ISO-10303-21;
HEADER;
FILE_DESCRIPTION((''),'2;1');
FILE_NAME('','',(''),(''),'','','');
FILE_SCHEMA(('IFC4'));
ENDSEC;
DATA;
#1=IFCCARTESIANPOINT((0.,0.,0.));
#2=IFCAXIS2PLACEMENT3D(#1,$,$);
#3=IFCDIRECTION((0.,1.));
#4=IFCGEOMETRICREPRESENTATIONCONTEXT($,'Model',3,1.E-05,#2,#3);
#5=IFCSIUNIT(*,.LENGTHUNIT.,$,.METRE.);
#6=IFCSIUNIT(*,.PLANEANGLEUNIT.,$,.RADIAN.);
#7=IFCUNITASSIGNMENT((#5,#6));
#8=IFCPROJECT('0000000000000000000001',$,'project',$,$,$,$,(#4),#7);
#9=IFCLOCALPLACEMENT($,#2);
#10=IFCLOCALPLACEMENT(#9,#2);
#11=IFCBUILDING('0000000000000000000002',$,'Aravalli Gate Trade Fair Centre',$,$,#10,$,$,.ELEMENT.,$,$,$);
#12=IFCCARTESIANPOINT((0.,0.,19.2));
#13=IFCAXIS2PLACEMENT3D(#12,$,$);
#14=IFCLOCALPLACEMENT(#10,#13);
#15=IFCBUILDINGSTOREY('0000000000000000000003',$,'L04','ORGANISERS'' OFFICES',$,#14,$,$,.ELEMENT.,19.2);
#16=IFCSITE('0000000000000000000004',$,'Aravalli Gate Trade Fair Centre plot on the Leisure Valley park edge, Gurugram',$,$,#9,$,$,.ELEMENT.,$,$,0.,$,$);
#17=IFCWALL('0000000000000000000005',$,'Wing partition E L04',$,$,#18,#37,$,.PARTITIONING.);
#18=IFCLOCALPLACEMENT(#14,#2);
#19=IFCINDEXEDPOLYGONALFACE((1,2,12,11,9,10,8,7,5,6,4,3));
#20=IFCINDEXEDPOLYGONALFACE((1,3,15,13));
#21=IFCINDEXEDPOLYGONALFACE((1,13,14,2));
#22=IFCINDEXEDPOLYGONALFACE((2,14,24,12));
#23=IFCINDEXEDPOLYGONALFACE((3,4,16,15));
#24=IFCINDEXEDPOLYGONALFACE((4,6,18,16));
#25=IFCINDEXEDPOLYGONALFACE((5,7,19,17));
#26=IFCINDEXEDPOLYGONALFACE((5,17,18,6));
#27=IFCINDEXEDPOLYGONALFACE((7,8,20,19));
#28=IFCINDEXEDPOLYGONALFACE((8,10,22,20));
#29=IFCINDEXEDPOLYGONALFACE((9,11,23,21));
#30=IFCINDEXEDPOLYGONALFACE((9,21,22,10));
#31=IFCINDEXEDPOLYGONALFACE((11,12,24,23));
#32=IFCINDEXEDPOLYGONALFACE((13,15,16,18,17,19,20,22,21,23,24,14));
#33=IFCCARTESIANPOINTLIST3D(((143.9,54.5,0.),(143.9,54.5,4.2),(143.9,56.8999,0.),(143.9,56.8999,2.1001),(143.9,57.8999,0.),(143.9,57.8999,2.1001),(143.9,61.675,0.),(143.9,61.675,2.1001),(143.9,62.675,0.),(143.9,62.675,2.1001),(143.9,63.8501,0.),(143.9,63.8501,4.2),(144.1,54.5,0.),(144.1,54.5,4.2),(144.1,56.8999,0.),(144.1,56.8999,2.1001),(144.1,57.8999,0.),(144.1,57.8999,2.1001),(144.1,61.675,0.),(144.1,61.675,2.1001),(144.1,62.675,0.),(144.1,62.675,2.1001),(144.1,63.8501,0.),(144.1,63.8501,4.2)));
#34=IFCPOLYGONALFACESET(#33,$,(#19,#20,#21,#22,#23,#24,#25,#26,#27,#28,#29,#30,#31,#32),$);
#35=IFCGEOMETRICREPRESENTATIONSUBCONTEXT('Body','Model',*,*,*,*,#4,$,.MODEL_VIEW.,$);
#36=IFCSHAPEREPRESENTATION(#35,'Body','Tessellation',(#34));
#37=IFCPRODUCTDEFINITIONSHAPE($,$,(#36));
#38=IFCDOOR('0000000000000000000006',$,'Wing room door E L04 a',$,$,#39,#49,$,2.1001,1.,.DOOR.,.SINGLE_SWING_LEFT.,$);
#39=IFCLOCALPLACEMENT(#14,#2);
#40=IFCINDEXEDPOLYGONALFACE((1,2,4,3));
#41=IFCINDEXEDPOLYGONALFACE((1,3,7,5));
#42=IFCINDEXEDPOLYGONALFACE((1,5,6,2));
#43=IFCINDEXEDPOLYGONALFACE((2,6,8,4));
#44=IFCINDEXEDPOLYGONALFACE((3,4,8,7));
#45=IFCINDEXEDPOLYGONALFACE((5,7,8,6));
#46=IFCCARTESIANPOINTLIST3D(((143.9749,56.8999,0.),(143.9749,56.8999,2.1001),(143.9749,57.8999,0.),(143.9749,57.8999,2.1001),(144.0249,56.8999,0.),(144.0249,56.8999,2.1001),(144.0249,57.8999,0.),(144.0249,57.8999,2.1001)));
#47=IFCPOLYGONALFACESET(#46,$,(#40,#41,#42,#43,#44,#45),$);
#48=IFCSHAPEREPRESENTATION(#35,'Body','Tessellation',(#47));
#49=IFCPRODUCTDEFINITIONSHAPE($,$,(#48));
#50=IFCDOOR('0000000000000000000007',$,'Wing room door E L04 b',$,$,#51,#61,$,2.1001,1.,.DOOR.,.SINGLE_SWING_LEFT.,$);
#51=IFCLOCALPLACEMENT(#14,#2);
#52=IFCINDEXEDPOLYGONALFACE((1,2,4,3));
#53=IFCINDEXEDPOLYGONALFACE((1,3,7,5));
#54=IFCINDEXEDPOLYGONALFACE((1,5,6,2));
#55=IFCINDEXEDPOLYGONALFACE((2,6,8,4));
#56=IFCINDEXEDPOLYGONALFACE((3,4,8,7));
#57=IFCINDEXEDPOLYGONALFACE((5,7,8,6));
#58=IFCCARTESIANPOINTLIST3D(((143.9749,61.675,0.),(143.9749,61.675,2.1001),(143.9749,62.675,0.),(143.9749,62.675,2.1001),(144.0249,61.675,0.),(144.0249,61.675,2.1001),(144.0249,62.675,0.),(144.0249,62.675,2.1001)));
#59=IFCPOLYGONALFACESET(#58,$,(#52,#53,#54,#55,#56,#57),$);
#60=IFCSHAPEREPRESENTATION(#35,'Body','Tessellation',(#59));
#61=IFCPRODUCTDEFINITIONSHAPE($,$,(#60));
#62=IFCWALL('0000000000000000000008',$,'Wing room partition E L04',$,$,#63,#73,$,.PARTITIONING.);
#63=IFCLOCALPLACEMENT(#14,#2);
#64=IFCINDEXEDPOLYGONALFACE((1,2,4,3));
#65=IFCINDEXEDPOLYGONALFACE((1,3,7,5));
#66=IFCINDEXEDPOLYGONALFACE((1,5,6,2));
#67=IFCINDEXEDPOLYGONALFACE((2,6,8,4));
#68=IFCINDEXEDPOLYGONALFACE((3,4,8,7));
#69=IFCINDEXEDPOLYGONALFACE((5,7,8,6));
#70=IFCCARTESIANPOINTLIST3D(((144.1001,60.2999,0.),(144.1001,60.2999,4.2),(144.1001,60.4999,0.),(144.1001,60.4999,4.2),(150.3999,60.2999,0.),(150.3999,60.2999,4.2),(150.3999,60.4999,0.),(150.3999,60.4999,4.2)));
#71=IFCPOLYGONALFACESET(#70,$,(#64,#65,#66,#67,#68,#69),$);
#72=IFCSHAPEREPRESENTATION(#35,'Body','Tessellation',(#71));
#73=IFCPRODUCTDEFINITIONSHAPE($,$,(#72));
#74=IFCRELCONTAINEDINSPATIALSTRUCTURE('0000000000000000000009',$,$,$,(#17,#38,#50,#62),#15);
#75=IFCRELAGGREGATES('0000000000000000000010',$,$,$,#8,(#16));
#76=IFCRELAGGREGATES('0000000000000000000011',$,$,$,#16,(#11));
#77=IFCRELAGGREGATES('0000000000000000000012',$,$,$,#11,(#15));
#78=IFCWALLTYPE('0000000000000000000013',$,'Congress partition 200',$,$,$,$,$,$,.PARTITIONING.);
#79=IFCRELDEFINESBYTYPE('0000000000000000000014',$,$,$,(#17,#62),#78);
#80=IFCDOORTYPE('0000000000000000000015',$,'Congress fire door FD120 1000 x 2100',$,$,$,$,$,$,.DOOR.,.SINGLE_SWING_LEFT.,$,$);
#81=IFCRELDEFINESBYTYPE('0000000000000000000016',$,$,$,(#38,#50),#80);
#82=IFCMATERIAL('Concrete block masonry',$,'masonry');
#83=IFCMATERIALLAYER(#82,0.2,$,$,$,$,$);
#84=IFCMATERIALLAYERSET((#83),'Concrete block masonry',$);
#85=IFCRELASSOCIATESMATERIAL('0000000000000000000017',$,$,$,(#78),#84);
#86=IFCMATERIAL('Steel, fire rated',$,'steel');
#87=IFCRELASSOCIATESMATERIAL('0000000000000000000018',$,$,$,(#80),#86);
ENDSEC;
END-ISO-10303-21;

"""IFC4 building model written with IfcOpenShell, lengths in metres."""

from ifc_helpers import new_model, si_unit, direction, frame, frame_2d, origin, place, context, subcontext, project, spatial, rectangle, extrude, material, layer, layer_set, type_object, element, fill, save


model = new_model("IFC4")

# Units and contexts
model_context = context("Model", 3, precision=1e-05, world=origin(), true_north=direction((0.0, 1.0)))
body_context = subcontext(model_context, "Body", "Model", "MODEL_VIEW")
ifc_project = project(units=[si_unit("LENGTHUNIT", "METRE"), si_unit("PLANEANGLEUNIT", "RADIAN")], contexts=[model_context])

# Site, building, storey
site_placement = place(None, origin())
site = spatial("IfcSite", under=ifc_project, at=site_placement, Name="Aravalli Gate Trade Fair Centre plot on the Leisure Valley park edge, Gurugram", CompositionType="ELEMENT", RefElevation=0.0)
building_placement = place(site_placement, origin())
building = spatial("IfcBuilding", under=site, at=building_placement, Name="Aravalli Gate Trade Fair Centre", CompositionType="ELEMENT")
storey_placement = place(building_placement, frame((0.0, 0.0, 19.2)))
storey = spatial("IfcBuildingStorey", under=building, at=storey_placement, Name="L04", Description="ORGANISERS' OFFICES", CompositionType="ELEMENT", Elevation=19.2)

# Shared definitions
ifc_material_1 = material(Name="Steel, fire rated", Category="steel")

# Wall, openings, doors
ifc_material_2 = material(Name="Concrete block masonry", Category="masonry")
ifc_layer_1 = layer(ifc_material_2, 0.2)
ifc_layer_set_1 = layer_set([ifc_layer_1], Name="Concrete block masonry")
wall_type_1 = type_object("IfcWallType", Name="Congress partition 200", PredefinedType="PARTITIONING", material=ifc_layer_set_1)
wall_1_placement = place(storey_placement, frame((144.0, 54.5, 0.0), z_axis=(0.0, 0.0, 1.0), x_axis=(0.0, 1.0, 0.0)))
wall_1 = element("IfcWall", 1, at=wall_1_placement, inside=storey, type_object=wall_type_1, Name="Wing partition E L04", PredefinedType="PARTITIONING", context=body_context, shape_type="SweptSolid", body=[
    extrude(rectangle(XDim=9.3501, YDim=0.2, at=frame_2d((4.675, 0.0))), origin(), (0.0, 0.0, 1.0), 4.2),
])
opening_1_placement = place(wall_1_placement, frame((2.3999, 0.0, 0.0)))
opening_1 = element("IfcOpeningElement", 2, at=opening_1_placement, cuts=wall_1, PredefinedType="OPENING", context=body_context, shape_type="SweptSolid", body=[
    extrude(rectangle(XDim=1.0, YDim=2.1001, at=frame_2d((0.5, 1.05))), frame((0.0, 0.1099, 0.0), z_axis=(0.0, -1.0, 0.0), x_axis=(1.0, 0.0, 0.0)), (0.0, 0.0, 1.0), 0.22),
])
opening_2_placement = place(wall_1_placement, frame((7.175, 0.0, 0.0)))
opening_2 = element("IfcOpeningElement", 3, at=opening_2_placement, cuts=wall_1, PredefinedType="OPENING", context=body_context, shape_type="SweptSolid", body=[
    extrude(rectangle(XDim=1.0, YDim=2.1001, at=frame_2d((0.5, 1.05))), frame((0.0, 0.1099, 0.0), z_axis=(0.0, -1.0, 0.0), x_axis=(1.0, 0.0, 0.0)), (0.0, 0.0, 1.0), 0.22),
])
door_type_1 = type_object("IfcDoorType", Name="Congress fire door FD120 1000 x 2100", OperationType="SINGLE_SWING_LEFT", PredefinedType="DOOR", material=ifc_material_1)
door_1_placement = place(opening_1_placement, frame((1.0, 0.0, 0.0), z_axis=(0.0, 0.0, 1.0), x_axis=(-1.0, 0.0, 0.0)))
door_1 = element("IfcDoor", 4, at=door_1_placement, inside=storey, type_object=door_type_1, Name="Wing room door E L04 a", OperationType="SINGLE_SWING_LEFT", OverallHeight=2.1001, OverallWidth=1.0, PredefinedType="DOOR", context=body_context, shape_type="SweptSolid", body=[
    extrude(rectangle(XDim=1.0, YDim=2.1001, at=frame_2d((0.5, 1.05))), frame((0.0, 0.0249, 0.0), z_axis=(0.0, -1.0, 0.0), x_axis=(1.0, 0.0, 0.0)), (0.0, 0.0, 1.0), 0.05),
])
fill(opening_1, door_1)
door_2_placement = place(opening_2_placement, frame((1.0, 0.0, 0.0), z_axis=(0.0, 0.0, 1.0), x_axis=(-1.0, 0.0, 0.0)))
door_2 = element("IfcDoor", 5, at=door_2_placement, inside=storey, type_object=door_type_1, Name="Wing room door E L04 b", OperationType="SINGLE_SWING_LEFT", OverallHeight=2.1001, OverallWidth=1.0, PredefinedType="DOOR", context=body_context, shape_type="SweptSolid", body=[
    extrude(rectangle(XDim=1.0, YDim=2.1001, at=frame_2d((0.5, 1.05))), frame((0.0, 0.0249, 0.0), z_axis=(0.0, -1.0, 0.0), x_axis=(1.0, 0.0, 0.0)), (0.0, 0.0, 1.0), 0.05),
])
fill(opening_2, door_2)

# Wall
wall_2_placement = place(storey_placement, frame((144.1001, 60.3999, 0.0), z_axis=(0.0, 0.0, 1.0), x_axis=(1.0, 0.0, 0.0)))
element("IfcWall", 6, at=wall_2_placement, inside=storey, type_object=wall_type_1, Name="Wing room partition E L04", PredefinedType="PARTITIONING", context=body_context, shape_type="SweptSolid", body=[
    extrude(rectangle(XDim=6.2998, YDim=0.2, at=frame_2d((3.1499, 0.0))), origin(), (0.0, 0.0, 1.0), 4.2),
])

save(model, "model.ifc")
